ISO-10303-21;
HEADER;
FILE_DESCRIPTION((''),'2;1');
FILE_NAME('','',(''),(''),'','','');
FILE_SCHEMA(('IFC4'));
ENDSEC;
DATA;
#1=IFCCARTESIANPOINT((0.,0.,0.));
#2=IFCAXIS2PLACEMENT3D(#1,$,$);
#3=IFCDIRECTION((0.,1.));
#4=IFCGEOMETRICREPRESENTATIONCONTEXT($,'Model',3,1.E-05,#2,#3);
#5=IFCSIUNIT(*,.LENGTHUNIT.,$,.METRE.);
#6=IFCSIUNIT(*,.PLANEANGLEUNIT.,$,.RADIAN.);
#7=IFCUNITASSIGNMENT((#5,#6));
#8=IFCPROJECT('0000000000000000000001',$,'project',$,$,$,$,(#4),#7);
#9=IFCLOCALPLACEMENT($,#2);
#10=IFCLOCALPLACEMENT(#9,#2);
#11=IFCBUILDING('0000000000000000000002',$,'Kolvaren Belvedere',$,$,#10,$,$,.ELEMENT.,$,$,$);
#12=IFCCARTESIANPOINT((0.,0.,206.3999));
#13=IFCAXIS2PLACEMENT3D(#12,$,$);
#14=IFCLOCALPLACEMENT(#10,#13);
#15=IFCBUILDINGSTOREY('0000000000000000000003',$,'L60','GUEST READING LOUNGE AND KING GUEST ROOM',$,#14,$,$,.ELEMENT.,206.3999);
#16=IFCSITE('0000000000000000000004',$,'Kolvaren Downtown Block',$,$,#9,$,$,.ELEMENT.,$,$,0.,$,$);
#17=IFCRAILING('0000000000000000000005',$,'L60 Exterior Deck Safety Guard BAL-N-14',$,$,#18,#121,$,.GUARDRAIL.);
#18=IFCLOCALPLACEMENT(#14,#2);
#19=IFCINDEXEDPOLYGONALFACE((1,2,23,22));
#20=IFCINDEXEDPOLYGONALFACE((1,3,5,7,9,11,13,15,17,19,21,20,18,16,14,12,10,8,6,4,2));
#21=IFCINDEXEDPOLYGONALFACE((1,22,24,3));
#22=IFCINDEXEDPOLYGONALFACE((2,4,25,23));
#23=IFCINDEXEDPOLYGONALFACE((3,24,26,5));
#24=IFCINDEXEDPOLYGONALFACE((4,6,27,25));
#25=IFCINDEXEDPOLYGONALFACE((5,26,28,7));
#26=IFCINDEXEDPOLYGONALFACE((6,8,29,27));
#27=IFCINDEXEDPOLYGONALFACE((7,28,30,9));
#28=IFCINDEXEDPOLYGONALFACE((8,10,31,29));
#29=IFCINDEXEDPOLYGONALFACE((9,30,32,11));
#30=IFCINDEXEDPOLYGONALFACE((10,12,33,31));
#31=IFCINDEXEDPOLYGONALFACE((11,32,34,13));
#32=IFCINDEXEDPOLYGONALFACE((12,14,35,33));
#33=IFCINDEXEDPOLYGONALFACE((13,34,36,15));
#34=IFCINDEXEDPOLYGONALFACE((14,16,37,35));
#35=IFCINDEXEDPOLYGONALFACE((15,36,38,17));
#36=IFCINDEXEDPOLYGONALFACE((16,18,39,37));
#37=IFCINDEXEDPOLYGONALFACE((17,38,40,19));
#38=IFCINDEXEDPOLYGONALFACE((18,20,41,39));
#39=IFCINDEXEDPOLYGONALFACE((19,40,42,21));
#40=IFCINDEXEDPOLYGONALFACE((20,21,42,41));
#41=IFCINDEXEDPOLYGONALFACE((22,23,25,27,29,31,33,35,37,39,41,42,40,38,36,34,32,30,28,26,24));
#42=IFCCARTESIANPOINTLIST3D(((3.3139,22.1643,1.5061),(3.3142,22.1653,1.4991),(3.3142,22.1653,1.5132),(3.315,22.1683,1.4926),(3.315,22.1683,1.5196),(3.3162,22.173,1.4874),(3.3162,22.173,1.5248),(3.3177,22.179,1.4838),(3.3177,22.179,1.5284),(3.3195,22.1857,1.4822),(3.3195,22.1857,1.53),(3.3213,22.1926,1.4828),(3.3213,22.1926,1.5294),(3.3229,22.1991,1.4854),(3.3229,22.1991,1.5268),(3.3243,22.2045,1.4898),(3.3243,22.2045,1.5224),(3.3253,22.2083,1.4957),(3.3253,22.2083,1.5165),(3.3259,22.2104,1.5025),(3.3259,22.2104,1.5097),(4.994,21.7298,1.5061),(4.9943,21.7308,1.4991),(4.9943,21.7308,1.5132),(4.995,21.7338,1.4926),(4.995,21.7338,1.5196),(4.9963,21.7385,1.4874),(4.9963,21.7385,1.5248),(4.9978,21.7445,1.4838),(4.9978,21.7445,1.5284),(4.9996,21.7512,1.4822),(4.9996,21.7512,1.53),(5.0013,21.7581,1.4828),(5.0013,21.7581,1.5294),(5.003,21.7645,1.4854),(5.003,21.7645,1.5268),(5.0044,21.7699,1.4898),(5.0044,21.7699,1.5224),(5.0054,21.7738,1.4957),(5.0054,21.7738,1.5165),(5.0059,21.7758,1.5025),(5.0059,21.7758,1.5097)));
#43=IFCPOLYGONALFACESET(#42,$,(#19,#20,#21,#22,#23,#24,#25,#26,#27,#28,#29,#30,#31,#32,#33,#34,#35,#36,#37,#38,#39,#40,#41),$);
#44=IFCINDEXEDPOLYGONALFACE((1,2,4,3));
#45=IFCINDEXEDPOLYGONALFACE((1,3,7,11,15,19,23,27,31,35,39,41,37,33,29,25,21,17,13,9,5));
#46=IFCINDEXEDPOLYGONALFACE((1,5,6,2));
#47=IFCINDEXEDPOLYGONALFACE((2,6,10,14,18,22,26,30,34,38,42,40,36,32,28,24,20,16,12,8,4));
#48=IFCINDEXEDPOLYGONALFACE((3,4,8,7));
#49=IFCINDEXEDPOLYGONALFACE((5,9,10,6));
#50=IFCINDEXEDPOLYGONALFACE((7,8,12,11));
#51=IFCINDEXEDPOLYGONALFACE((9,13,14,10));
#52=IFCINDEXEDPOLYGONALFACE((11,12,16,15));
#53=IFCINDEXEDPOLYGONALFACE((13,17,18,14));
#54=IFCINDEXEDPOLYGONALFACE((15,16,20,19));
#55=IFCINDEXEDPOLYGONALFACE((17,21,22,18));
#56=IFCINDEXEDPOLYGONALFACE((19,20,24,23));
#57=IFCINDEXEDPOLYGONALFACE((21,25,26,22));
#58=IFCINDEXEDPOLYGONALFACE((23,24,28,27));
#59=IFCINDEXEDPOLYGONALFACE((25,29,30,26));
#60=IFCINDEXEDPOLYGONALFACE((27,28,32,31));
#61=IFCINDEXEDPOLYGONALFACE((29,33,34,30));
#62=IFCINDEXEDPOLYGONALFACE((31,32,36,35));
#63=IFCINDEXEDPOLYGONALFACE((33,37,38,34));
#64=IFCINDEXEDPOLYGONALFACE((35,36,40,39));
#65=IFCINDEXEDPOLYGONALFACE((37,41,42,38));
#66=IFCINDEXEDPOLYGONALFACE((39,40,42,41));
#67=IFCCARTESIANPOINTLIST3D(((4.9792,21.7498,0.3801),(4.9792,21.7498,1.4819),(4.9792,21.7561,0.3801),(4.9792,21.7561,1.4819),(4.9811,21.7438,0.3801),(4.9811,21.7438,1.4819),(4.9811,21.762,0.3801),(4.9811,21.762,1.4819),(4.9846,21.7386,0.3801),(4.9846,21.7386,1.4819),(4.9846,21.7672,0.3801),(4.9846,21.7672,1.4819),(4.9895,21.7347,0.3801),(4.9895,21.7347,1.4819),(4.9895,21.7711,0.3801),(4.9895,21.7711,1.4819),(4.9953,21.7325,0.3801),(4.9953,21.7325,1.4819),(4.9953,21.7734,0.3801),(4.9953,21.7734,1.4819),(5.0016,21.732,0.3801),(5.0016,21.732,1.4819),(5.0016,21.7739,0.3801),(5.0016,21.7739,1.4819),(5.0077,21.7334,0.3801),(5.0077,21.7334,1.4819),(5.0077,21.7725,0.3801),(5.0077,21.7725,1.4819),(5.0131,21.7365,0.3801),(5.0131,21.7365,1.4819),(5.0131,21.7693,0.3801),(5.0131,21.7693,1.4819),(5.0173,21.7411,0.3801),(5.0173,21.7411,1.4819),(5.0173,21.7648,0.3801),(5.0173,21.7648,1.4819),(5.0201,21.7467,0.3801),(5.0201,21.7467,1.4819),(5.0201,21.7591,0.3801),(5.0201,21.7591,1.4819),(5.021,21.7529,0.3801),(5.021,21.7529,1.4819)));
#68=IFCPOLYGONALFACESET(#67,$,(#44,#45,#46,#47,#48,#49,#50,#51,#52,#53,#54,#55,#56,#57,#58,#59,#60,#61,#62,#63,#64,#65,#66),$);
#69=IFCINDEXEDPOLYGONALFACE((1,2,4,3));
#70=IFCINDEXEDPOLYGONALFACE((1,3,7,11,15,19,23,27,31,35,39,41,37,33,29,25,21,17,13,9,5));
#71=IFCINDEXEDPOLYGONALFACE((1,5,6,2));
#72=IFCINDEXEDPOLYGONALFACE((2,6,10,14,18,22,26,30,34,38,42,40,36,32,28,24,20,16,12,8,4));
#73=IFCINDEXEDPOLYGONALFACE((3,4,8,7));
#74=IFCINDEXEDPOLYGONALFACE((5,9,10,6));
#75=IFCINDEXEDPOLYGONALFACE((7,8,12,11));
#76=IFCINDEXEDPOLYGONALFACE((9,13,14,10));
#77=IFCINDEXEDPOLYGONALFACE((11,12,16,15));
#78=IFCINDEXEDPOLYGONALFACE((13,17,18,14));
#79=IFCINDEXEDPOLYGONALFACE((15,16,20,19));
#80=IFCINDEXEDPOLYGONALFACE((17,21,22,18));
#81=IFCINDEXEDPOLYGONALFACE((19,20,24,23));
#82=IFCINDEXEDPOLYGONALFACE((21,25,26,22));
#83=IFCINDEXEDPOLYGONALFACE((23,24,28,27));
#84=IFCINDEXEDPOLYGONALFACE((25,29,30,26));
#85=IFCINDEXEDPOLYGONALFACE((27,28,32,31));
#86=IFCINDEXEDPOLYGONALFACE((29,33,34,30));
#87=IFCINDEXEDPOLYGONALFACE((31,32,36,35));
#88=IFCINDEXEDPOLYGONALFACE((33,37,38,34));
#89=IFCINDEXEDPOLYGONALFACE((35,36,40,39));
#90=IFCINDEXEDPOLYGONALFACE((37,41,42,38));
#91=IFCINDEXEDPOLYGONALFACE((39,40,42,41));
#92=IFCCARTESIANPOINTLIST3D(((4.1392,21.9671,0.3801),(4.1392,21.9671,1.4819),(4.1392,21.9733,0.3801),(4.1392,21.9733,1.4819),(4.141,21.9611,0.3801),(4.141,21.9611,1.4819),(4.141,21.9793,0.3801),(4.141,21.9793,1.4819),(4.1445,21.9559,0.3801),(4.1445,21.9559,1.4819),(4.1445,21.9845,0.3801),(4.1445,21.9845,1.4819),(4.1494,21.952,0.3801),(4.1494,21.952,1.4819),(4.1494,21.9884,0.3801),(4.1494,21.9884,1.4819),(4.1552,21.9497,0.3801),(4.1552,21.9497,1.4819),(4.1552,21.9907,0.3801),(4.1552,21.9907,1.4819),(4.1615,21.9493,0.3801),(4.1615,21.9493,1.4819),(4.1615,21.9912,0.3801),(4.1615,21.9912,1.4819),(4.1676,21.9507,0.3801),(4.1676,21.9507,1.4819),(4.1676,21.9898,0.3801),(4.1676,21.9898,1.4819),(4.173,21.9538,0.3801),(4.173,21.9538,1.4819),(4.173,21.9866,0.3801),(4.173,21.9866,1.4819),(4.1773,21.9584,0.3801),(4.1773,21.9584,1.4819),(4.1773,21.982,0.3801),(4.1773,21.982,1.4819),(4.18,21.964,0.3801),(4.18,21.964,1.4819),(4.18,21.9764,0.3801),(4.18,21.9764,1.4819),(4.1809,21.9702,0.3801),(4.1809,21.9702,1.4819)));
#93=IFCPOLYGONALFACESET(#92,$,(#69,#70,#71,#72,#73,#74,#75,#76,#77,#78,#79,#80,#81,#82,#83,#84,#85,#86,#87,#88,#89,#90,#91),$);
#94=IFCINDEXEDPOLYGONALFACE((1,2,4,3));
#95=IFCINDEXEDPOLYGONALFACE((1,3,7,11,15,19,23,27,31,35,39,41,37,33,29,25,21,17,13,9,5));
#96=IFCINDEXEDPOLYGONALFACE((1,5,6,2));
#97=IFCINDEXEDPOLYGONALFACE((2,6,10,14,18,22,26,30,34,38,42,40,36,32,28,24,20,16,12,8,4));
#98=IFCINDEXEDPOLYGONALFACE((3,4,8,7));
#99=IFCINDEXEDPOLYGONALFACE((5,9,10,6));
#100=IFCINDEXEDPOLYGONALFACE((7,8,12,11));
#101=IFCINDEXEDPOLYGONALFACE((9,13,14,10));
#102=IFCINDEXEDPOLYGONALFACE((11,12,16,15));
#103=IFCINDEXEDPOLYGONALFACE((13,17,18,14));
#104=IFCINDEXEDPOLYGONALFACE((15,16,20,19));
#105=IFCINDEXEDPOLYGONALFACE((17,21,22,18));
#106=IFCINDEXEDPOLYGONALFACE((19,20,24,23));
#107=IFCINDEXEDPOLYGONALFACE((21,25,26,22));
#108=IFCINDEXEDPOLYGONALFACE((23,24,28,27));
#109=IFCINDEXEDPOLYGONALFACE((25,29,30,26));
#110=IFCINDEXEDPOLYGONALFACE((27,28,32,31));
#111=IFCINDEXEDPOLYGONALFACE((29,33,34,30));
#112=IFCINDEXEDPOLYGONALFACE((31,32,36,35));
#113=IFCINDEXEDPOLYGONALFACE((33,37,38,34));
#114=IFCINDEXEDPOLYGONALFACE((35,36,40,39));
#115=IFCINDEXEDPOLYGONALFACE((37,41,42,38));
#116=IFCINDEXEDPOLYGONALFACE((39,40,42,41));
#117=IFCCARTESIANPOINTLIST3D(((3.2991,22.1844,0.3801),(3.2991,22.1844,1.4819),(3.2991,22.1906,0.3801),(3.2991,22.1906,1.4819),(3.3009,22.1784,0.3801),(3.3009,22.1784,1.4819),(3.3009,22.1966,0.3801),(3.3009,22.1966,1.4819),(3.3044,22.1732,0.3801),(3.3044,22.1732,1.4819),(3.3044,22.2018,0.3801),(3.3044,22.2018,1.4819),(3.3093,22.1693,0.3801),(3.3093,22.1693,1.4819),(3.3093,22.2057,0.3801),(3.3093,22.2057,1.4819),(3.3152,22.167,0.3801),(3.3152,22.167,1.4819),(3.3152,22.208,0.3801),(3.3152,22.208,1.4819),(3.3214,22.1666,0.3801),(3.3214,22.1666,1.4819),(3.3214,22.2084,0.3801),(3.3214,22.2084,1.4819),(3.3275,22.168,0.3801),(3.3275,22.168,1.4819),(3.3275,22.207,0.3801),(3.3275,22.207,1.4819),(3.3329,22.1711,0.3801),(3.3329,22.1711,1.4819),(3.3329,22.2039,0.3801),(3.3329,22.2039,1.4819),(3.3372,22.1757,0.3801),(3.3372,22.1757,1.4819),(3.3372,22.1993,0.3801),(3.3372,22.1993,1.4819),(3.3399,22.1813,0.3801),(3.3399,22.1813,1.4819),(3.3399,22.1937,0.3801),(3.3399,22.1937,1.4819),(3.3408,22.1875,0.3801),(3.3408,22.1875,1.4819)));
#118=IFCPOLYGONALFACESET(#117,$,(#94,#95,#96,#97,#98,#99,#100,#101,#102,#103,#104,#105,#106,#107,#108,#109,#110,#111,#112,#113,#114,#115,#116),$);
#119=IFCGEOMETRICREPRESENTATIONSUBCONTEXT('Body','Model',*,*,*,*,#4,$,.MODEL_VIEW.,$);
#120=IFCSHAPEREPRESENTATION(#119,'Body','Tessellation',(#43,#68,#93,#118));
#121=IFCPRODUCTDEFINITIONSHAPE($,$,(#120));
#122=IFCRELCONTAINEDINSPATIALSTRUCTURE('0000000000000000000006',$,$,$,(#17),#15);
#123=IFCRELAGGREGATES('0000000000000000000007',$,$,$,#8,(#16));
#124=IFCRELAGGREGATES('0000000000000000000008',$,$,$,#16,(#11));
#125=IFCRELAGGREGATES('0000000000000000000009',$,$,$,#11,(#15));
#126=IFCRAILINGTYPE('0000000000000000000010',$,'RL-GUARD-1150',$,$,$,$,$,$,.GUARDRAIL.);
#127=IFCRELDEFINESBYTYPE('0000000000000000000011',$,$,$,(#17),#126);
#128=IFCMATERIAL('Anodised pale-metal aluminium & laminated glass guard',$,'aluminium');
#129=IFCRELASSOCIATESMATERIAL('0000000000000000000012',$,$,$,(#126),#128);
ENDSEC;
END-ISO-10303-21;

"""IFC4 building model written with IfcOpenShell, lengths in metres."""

from ifc_helpers import new_model, si_unit, direction, frame, origin, origin_2d, place, context, subcontext, project, spatial, circle, extrude, material, type_object, element, save


model = new_model("IFC4")

# Units and contexts
model_context = context("Model", 3, precision=1e-05, world=origin(), true_north=direction((0.0, 1.0)))
body_context = subcontext(model_context, "Body", "Model", "MODEL_VIEW")
ifc_project = project(units=[si_unit("LENGTHUNIT", "METRE"), si_unit("PLANEANGLEUNIT", "RADIAN")], contexts=[model_context])

# Site, building, storey
site_placement = place(None, origin())
site = spatial("IfcSite", under=ifc_project, at=site_placement, Name="Kolvaren Downtown Block", CompositionType="ELEMENT", RefElevation=0.0)
building_placement = place(site_placement, origin())
building = spatial("IfcBuilding", under=site, at=building_placement, Name="Kolvaren Belvedere", CompositionType="ELEMENT")
storey_placement = place(building_placement, frame((0.0, 0.0, 206.3999)))
storey = spatial("IfcBuildingStorey", under=building, at=storey_placement, Name="L60", Description="GUEST READING LOUNGE AND KING GUEST ROOM", CompositionType="ELEMENT", Elevation=206.3999)

# Railing
ifc_material_1 = material(Name="Anodised pale-metal aluminium & laminated glass guard", Category="aluminium")
railing_type = type_object("IfcRailingType", Name="RL-GUARD-1150", PredefinedType="GUARDRAIL", material=ifc_material_1)
railing_1_placement = place(storey_placement, frame((5.0, 21.7529, 0.3801)))
element("IfcRailing", 1, at=railing_1_placement, inside=storey, type_object=railing_type, Name="L60 Exterior Deck Safety Guard BAL-N-14", PredefinedType="GUARDRAIL", context=body_context, shape_type="SweptSolid", body=[
    extrude(circle(Radius=0.0239, at=origin_2d()), frame((0.0, 0.0, 1.126), z_axis=(-0.968141, 0.250406, 0.0), x_axis=(-0.250406, -0.968141, 0.0)), (0.0, 0.0, 1.0), 1.7354),
    extrude(circle(Radius=0.021, at=origin_2d()), origin(), (0.0, 0.0, 1.0), 1.1018),
    extrude(circle(Radius=0.021, at=origin_2d()), frame((-0.8401, 0.2173, 0.0)), (0.0, 0.0, 1.0), 1.1018),
    extrude(circle(Radius=0.021, at=origin_2d()), frame((-1.6802, 0.4346, 0.0)), (0.0, 0.0, 1.0), 1.1018),
])

save(model, "model.ifc")
